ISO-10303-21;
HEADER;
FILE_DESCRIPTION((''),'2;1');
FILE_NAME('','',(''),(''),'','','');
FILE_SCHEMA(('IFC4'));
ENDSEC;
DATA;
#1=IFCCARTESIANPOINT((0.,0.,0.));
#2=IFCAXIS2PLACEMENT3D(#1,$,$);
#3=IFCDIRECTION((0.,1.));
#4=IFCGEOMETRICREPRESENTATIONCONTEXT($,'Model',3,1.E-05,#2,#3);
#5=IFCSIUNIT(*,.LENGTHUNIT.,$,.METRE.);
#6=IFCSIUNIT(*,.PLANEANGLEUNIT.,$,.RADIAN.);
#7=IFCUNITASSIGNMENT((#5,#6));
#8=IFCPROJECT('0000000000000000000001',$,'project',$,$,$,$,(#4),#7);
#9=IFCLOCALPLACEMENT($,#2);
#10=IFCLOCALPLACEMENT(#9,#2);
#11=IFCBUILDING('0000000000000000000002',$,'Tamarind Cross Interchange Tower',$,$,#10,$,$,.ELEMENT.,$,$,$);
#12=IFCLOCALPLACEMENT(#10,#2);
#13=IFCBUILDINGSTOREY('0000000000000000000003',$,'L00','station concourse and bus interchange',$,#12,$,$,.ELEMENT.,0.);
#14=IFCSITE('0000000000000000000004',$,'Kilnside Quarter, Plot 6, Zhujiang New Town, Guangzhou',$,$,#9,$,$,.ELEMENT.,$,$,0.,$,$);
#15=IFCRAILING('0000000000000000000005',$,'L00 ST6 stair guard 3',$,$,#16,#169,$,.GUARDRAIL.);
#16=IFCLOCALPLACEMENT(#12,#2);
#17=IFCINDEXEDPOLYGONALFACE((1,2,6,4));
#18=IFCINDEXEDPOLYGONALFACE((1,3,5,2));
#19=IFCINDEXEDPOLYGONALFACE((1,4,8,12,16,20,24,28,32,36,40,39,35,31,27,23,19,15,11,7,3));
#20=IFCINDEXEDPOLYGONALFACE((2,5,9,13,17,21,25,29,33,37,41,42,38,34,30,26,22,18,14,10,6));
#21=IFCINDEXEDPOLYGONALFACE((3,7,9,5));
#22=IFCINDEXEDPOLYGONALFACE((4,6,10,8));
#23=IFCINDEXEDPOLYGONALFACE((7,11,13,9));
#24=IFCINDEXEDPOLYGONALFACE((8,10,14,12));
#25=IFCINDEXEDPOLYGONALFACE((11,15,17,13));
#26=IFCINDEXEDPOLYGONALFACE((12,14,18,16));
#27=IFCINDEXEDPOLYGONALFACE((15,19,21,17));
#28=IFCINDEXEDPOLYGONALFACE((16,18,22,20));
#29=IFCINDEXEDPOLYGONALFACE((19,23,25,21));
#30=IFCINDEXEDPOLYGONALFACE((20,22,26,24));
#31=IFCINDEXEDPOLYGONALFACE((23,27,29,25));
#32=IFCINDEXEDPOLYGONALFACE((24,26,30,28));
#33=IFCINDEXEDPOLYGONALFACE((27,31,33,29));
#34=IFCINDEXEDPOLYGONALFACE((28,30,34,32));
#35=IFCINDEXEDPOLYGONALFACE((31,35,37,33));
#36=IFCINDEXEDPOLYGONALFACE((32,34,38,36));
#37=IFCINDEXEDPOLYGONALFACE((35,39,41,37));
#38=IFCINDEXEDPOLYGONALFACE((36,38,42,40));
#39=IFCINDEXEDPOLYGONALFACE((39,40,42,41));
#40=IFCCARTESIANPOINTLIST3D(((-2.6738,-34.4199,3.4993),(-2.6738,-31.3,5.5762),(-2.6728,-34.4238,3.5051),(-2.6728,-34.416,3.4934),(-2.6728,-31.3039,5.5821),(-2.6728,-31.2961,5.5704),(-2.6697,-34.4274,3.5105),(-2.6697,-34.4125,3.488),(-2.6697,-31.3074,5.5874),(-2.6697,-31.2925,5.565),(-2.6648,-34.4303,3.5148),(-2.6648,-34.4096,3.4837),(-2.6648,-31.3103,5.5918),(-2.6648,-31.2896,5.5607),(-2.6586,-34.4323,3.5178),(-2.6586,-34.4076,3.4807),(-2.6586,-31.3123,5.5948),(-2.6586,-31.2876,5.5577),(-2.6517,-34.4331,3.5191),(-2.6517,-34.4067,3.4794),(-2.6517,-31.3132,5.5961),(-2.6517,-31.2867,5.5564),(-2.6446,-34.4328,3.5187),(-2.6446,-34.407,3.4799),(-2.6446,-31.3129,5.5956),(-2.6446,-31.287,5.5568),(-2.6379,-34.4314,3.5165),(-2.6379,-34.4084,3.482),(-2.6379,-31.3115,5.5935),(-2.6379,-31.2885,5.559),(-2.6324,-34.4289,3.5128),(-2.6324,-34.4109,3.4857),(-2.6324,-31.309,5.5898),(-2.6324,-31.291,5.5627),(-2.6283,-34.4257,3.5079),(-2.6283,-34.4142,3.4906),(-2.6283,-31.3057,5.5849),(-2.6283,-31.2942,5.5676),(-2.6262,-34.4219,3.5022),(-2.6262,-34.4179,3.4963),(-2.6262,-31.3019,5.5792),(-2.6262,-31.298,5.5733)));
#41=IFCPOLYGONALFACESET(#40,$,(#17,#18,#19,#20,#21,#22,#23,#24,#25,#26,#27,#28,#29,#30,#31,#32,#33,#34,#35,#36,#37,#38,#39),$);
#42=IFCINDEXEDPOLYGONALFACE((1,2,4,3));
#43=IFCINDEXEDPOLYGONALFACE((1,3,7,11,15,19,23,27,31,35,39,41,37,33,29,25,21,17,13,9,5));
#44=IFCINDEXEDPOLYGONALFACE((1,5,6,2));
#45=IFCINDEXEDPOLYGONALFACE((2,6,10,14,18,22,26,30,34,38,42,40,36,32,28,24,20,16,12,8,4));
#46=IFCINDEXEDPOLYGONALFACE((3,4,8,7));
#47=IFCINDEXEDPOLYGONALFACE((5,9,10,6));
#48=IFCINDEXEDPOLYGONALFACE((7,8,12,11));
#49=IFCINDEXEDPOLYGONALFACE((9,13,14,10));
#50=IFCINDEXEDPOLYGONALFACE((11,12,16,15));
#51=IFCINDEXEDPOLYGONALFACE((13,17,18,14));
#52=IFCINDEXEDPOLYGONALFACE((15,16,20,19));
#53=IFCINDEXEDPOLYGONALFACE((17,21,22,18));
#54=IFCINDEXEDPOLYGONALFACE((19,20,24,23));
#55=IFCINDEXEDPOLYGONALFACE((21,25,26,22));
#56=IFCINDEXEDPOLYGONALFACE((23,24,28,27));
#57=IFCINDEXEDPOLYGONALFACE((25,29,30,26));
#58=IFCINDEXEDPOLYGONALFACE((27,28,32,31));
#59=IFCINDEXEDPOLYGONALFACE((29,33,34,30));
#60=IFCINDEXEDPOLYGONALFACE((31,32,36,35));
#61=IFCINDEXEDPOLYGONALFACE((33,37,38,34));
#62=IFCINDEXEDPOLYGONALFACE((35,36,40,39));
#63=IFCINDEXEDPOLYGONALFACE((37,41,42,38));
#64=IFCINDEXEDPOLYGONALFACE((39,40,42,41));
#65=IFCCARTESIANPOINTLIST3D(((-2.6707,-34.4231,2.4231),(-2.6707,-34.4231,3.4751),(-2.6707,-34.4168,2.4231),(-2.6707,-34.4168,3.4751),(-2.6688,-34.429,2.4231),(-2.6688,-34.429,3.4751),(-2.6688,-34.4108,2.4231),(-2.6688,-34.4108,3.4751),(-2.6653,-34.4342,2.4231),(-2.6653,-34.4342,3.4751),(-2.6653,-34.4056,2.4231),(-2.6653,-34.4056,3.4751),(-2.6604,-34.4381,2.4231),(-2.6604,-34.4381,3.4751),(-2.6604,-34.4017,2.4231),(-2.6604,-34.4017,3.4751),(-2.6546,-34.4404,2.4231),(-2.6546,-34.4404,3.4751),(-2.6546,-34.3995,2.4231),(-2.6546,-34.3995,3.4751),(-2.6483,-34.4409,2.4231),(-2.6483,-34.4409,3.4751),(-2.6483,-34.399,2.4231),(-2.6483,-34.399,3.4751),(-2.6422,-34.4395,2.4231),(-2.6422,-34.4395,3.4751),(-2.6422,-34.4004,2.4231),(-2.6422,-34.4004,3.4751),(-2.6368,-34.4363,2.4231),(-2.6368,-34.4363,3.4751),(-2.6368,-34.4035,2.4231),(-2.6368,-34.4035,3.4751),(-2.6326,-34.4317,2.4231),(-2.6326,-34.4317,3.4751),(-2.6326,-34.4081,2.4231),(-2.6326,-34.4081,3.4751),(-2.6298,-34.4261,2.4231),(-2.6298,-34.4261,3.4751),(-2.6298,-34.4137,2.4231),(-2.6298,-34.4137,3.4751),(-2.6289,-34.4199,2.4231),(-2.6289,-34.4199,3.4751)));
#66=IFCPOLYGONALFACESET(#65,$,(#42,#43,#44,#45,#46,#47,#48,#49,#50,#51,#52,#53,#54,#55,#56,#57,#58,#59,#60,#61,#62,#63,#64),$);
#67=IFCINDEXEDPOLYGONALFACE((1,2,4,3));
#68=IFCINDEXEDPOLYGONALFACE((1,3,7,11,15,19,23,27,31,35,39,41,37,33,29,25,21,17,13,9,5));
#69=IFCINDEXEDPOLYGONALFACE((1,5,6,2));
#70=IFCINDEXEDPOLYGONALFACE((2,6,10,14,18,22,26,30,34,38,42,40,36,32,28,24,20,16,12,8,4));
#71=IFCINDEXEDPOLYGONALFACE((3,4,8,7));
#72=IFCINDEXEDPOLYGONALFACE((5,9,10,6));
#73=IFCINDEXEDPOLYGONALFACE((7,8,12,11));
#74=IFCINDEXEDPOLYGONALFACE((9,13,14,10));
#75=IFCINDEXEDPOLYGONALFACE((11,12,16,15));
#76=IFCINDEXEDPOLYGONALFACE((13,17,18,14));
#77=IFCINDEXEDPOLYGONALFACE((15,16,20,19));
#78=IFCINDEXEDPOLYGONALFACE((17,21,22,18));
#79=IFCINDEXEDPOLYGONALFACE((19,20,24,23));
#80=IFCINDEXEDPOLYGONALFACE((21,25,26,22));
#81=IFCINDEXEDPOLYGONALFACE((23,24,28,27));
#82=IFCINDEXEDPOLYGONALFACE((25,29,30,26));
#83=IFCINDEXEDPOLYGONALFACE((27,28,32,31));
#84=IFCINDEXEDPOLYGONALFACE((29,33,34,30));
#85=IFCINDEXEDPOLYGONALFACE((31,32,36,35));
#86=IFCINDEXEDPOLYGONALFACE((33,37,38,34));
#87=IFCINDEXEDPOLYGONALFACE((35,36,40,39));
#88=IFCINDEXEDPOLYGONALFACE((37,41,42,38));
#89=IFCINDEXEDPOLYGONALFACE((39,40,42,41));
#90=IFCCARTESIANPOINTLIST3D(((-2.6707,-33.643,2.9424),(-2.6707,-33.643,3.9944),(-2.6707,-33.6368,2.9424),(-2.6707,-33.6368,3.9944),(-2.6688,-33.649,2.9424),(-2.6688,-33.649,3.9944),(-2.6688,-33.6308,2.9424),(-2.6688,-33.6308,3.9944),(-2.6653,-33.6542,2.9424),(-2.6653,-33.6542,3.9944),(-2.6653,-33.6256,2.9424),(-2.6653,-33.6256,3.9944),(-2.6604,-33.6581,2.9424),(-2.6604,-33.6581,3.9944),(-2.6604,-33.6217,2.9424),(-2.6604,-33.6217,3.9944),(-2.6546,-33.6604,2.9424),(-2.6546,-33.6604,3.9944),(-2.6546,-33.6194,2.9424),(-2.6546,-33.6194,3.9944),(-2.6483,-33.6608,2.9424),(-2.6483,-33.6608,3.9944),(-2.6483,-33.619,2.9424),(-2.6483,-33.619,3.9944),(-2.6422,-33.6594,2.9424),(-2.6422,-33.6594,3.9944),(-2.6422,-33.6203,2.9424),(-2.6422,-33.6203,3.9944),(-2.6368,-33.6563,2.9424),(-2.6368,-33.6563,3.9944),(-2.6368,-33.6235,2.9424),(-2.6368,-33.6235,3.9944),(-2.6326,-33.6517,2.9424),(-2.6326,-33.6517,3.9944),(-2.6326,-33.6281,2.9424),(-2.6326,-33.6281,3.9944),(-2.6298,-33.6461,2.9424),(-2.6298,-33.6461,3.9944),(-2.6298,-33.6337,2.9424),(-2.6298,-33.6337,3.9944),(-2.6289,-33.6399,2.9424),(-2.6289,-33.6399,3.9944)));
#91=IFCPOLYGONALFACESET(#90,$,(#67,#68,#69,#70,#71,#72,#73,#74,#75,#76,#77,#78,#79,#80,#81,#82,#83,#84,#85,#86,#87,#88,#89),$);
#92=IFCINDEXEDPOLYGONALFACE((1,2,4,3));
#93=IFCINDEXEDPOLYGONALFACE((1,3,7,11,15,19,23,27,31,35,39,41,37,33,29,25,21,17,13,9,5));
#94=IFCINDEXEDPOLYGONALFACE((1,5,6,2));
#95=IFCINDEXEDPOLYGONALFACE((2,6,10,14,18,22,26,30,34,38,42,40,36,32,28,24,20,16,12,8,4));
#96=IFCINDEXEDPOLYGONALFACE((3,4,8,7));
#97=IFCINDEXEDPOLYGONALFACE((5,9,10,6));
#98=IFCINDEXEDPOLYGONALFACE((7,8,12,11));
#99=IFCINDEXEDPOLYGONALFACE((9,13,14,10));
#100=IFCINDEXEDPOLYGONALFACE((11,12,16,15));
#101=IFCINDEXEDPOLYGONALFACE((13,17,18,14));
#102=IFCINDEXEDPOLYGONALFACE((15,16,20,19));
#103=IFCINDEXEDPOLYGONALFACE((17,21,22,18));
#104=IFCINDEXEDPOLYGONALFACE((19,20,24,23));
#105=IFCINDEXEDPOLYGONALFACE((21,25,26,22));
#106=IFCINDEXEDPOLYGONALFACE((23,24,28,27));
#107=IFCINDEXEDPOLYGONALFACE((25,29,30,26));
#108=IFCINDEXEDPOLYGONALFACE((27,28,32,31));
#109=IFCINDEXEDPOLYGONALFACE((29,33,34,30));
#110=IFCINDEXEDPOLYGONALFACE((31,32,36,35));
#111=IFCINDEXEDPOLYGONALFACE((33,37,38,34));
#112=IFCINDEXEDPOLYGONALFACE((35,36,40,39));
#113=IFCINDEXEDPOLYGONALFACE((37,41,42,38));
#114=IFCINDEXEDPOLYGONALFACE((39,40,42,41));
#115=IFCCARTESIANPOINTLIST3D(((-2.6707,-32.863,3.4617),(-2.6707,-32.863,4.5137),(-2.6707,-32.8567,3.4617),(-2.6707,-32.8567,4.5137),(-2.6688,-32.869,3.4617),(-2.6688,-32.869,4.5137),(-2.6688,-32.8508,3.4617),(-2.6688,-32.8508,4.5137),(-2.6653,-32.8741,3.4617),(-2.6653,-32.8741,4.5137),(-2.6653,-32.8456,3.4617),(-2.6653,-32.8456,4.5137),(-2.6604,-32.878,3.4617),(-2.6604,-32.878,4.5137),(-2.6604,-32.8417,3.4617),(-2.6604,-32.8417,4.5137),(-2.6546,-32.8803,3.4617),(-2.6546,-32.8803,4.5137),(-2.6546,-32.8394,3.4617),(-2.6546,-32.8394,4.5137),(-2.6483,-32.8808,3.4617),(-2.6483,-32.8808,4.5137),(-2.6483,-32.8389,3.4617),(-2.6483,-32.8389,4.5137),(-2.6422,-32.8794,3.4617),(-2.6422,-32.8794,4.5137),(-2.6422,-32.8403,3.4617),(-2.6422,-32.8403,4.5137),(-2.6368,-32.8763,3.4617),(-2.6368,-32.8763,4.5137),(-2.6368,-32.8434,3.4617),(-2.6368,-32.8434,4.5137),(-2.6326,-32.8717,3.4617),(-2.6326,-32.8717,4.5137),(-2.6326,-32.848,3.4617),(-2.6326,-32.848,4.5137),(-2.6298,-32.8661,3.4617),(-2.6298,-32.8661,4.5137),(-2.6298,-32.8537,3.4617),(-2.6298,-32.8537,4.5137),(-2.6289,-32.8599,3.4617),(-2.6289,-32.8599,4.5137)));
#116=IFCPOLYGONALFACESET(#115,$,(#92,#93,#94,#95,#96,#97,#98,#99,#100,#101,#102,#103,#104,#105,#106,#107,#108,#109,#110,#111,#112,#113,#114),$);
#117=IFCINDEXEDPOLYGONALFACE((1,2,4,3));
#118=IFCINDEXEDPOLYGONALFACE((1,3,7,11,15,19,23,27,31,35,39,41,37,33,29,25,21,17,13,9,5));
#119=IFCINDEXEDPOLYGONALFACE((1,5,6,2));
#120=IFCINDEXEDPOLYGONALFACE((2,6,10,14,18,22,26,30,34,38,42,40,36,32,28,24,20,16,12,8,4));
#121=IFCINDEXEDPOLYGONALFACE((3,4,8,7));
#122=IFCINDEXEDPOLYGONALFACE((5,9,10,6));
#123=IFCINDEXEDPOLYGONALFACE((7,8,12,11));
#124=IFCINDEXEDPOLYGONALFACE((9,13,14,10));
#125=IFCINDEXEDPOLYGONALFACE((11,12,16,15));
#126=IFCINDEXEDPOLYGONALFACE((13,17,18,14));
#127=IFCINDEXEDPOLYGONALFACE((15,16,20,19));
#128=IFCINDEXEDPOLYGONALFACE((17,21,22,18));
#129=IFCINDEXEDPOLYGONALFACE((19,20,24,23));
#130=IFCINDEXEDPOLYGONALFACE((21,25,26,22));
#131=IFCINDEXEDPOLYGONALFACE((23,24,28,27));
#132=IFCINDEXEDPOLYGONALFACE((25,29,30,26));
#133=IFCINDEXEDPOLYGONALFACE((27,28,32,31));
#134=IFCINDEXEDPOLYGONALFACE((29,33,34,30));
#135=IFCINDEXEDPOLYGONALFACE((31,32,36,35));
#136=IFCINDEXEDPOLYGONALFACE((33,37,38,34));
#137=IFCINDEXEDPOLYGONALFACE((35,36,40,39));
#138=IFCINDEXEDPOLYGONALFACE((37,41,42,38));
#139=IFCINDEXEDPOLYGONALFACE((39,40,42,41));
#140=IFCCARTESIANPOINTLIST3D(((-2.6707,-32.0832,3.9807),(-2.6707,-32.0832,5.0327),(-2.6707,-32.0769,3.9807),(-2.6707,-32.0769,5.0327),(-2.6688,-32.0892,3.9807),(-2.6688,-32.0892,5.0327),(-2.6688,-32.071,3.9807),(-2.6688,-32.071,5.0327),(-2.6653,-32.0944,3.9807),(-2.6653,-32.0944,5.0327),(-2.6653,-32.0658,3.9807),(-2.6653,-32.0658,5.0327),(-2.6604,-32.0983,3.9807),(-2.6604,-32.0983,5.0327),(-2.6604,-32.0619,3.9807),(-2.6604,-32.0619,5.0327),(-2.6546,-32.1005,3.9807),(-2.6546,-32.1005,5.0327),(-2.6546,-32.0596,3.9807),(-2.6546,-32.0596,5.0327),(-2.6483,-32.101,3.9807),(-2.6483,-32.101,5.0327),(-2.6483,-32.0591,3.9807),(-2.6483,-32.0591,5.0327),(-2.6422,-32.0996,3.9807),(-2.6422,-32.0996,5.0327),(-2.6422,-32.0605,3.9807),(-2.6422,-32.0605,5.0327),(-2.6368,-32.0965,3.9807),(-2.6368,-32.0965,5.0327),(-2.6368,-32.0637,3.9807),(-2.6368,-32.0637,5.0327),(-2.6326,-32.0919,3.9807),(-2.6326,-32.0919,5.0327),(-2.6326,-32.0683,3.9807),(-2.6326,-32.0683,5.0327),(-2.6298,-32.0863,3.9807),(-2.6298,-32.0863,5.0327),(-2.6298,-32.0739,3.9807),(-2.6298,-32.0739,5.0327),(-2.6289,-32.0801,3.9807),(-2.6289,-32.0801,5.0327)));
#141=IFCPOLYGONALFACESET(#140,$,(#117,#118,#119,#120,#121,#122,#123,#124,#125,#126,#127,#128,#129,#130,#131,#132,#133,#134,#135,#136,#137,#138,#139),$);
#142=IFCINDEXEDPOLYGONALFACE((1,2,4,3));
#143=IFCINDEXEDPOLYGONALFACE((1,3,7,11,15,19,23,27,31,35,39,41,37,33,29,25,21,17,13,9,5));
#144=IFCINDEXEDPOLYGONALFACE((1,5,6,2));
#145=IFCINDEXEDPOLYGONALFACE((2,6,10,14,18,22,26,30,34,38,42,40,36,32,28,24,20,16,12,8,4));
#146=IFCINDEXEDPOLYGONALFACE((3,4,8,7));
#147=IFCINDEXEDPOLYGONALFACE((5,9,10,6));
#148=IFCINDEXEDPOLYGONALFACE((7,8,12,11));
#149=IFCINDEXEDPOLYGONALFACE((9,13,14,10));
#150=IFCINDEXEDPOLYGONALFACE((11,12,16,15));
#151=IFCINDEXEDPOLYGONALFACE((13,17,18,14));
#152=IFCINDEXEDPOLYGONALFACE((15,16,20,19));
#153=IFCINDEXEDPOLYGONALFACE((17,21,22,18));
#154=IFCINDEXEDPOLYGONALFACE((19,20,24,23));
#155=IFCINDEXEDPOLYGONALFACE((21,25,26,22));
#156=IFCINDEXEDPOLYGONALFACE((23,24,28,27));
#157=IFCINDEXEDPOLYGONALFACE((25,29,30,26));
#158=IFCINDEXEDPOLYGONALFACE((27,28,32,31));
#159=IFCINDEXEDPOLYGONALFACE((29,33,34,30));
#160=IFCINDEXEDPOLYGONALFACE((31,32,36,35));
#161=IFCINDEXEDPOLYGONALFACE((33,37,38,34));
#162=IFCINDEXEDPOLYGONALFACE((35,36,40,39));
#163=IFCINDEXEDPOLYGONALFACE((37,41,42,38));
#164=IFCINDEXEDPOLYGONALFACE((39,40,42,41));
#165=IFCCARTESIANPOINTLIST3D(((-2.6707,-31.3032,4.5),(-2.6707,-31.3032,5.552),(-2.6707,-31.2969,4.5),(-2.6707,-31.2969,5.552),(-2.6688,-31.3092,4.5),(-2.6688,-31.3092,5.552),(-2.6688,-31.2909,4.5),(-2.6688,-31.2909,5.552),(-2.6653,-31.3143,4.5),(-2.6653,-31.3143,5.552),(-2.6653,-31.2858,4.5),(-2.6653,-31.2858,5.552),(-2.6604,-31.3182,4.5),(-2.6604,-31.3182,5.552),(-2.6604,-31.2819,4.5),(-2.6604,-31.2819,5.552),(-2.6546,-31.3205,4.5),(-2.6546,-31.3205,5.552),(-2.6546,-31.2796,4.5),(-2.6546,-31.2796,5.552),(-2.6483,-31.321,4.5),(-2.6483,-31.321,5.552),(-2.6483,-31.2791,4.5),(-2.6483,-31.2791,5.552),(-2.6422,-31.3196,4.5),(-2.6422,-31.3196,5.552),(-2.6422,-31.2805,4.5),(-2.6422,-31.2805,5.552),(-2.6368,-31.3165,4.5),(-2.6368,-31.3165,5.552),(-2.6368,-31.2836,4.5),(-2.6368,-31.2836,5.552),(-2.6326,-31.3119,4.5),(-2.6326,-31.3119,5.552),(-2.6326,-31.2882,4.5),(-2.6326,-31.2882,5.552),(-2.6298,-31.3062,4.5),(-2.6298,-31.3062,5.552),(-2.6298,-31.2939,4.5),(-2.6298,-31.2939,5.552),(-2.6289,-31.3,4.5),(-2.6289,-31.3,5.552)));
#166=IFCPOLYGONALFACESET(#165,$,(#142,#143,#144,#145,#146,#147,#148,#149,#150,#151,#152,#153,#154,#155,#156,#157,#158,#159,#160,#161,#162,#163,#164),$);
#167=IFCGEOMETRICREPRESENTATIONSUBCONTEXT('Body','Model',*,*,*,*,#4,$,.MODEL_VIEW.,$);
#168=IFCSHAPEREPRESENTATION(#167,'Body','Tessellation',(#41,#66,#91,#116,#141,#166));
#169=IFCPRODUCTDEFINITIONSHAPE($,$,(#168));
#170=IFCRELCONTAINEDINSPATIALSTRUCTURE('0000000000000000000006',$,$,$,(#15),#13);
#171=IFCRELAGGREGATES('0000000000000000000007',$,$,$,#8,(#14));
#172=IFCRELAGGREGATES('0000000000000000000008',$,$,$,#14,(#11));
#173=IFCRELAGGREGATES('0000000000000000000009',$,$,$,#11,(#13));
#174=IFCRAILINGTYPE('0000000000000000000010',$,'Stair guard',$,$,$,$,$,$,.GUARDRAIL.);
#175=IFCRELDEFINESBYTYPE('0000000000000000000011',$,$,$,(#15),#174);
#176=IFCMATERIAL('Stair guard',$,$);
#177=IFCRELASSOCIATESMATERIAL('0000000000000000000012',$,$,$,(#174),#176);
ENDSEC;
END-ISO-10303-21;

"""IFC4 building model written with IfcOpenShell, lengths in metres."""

from ifc_helpers import new_model, si_unit, direction, frame, origin, origin_2d, place, context, subcontext, project, spatial, circle, extrude, material, type_object, element, save


model = new_model("IFC4")

# Units and contexts
model_context = context("Model", 3, precision=1e-05, world=origin(), true_north=direction((0.0, 1.0)))
body_context = subcontext(model_context, "Body", "Model", "MODEL_VIEW")
ifc_project = project(units=[si_unit("LENGTHUNIT", "METRE"), si_unit("PLANEANGLEUNIT", "RADIAN")], contexts=[model_context])

# Site, building, storey
site_placement = place(None, origin())
site = spatial("IfcSite", under=ifc_project, at=site_placement, Name="Kilnside Quarter, Plot 6, Zhujiang New Town, Guangzhou", CompositionType="ELEMENT", RefElevation=0.0)
building_placement = place(site_placement, origin())
building = spatial("IfcBuilding", under=site, at=building_placement, Name="Tamarind Cross Interchange Tower", CompositionType="ELEMENT")
storey_placement = place(building_placement, origin())
storey = spatial("IfcBuildingStorey", under=building, at=storey_placement, Name="L00", Description="station concourse and bus interchange", CompositionType="ELEMENT", Elevation=0.0)

# Railing
ifc_material_1 = material(Name="Stair guard")
railing_type_1 = type_object("IfcRailingType", Name="Stair guard", PredefinedType="GUARDRAIL", material=ifc_material_1)
railing_1_placement = place(storey_placement, frame((-2.6499, -34.4199, 2.4231)))
element("IfcRailing", 1, at=railing_1_placement, inside=storey, type_object=railing_type_1, Name="L00 ST6 stair guard 3", PredefinedType="GUARDRAIL", context=body_context, shape_type="SweptSolid", body=[
    extrude(circle(Radius=0.0239, at=origin_2d()), frame((0.0, 0.0, 1.0762), z_axis=(0.0, 0.832421, 0.554144), x_axis=(-1.0, 0.0, 0.0)), (0.0, 0.0, 1.0), 3.748),
    extrude(circle(Radius=0.021, at=origin_2d()), origin(), (0.0, 0.0, 1.0), 1.052),
    extrude(circle(Radius=0.021, at=origin_2d()), frame((0.0, 0.78, 0.5193)), (0.0, 0.0, 1.0), 1.052),
    extrude(circle(Radius=0.021, at=origin_2d()), frame((0.0, 1.5601, 1.0386)), (0.0, 0.0, 1.0), 1.052),
    extrude(circle(Radius=0.021, at=origin_2d()), frame((0.0, 2.3398, 1.5576)), (0.0, 0.0, 1.0), 1.052),
    extrude(circle(Radius=0.021, at=origin_2d()), frame((0.0, 3.1199, 2.0769)), (0.0, 0.0, 1.0), 1.052),
])

save(model, "model.ifc")
